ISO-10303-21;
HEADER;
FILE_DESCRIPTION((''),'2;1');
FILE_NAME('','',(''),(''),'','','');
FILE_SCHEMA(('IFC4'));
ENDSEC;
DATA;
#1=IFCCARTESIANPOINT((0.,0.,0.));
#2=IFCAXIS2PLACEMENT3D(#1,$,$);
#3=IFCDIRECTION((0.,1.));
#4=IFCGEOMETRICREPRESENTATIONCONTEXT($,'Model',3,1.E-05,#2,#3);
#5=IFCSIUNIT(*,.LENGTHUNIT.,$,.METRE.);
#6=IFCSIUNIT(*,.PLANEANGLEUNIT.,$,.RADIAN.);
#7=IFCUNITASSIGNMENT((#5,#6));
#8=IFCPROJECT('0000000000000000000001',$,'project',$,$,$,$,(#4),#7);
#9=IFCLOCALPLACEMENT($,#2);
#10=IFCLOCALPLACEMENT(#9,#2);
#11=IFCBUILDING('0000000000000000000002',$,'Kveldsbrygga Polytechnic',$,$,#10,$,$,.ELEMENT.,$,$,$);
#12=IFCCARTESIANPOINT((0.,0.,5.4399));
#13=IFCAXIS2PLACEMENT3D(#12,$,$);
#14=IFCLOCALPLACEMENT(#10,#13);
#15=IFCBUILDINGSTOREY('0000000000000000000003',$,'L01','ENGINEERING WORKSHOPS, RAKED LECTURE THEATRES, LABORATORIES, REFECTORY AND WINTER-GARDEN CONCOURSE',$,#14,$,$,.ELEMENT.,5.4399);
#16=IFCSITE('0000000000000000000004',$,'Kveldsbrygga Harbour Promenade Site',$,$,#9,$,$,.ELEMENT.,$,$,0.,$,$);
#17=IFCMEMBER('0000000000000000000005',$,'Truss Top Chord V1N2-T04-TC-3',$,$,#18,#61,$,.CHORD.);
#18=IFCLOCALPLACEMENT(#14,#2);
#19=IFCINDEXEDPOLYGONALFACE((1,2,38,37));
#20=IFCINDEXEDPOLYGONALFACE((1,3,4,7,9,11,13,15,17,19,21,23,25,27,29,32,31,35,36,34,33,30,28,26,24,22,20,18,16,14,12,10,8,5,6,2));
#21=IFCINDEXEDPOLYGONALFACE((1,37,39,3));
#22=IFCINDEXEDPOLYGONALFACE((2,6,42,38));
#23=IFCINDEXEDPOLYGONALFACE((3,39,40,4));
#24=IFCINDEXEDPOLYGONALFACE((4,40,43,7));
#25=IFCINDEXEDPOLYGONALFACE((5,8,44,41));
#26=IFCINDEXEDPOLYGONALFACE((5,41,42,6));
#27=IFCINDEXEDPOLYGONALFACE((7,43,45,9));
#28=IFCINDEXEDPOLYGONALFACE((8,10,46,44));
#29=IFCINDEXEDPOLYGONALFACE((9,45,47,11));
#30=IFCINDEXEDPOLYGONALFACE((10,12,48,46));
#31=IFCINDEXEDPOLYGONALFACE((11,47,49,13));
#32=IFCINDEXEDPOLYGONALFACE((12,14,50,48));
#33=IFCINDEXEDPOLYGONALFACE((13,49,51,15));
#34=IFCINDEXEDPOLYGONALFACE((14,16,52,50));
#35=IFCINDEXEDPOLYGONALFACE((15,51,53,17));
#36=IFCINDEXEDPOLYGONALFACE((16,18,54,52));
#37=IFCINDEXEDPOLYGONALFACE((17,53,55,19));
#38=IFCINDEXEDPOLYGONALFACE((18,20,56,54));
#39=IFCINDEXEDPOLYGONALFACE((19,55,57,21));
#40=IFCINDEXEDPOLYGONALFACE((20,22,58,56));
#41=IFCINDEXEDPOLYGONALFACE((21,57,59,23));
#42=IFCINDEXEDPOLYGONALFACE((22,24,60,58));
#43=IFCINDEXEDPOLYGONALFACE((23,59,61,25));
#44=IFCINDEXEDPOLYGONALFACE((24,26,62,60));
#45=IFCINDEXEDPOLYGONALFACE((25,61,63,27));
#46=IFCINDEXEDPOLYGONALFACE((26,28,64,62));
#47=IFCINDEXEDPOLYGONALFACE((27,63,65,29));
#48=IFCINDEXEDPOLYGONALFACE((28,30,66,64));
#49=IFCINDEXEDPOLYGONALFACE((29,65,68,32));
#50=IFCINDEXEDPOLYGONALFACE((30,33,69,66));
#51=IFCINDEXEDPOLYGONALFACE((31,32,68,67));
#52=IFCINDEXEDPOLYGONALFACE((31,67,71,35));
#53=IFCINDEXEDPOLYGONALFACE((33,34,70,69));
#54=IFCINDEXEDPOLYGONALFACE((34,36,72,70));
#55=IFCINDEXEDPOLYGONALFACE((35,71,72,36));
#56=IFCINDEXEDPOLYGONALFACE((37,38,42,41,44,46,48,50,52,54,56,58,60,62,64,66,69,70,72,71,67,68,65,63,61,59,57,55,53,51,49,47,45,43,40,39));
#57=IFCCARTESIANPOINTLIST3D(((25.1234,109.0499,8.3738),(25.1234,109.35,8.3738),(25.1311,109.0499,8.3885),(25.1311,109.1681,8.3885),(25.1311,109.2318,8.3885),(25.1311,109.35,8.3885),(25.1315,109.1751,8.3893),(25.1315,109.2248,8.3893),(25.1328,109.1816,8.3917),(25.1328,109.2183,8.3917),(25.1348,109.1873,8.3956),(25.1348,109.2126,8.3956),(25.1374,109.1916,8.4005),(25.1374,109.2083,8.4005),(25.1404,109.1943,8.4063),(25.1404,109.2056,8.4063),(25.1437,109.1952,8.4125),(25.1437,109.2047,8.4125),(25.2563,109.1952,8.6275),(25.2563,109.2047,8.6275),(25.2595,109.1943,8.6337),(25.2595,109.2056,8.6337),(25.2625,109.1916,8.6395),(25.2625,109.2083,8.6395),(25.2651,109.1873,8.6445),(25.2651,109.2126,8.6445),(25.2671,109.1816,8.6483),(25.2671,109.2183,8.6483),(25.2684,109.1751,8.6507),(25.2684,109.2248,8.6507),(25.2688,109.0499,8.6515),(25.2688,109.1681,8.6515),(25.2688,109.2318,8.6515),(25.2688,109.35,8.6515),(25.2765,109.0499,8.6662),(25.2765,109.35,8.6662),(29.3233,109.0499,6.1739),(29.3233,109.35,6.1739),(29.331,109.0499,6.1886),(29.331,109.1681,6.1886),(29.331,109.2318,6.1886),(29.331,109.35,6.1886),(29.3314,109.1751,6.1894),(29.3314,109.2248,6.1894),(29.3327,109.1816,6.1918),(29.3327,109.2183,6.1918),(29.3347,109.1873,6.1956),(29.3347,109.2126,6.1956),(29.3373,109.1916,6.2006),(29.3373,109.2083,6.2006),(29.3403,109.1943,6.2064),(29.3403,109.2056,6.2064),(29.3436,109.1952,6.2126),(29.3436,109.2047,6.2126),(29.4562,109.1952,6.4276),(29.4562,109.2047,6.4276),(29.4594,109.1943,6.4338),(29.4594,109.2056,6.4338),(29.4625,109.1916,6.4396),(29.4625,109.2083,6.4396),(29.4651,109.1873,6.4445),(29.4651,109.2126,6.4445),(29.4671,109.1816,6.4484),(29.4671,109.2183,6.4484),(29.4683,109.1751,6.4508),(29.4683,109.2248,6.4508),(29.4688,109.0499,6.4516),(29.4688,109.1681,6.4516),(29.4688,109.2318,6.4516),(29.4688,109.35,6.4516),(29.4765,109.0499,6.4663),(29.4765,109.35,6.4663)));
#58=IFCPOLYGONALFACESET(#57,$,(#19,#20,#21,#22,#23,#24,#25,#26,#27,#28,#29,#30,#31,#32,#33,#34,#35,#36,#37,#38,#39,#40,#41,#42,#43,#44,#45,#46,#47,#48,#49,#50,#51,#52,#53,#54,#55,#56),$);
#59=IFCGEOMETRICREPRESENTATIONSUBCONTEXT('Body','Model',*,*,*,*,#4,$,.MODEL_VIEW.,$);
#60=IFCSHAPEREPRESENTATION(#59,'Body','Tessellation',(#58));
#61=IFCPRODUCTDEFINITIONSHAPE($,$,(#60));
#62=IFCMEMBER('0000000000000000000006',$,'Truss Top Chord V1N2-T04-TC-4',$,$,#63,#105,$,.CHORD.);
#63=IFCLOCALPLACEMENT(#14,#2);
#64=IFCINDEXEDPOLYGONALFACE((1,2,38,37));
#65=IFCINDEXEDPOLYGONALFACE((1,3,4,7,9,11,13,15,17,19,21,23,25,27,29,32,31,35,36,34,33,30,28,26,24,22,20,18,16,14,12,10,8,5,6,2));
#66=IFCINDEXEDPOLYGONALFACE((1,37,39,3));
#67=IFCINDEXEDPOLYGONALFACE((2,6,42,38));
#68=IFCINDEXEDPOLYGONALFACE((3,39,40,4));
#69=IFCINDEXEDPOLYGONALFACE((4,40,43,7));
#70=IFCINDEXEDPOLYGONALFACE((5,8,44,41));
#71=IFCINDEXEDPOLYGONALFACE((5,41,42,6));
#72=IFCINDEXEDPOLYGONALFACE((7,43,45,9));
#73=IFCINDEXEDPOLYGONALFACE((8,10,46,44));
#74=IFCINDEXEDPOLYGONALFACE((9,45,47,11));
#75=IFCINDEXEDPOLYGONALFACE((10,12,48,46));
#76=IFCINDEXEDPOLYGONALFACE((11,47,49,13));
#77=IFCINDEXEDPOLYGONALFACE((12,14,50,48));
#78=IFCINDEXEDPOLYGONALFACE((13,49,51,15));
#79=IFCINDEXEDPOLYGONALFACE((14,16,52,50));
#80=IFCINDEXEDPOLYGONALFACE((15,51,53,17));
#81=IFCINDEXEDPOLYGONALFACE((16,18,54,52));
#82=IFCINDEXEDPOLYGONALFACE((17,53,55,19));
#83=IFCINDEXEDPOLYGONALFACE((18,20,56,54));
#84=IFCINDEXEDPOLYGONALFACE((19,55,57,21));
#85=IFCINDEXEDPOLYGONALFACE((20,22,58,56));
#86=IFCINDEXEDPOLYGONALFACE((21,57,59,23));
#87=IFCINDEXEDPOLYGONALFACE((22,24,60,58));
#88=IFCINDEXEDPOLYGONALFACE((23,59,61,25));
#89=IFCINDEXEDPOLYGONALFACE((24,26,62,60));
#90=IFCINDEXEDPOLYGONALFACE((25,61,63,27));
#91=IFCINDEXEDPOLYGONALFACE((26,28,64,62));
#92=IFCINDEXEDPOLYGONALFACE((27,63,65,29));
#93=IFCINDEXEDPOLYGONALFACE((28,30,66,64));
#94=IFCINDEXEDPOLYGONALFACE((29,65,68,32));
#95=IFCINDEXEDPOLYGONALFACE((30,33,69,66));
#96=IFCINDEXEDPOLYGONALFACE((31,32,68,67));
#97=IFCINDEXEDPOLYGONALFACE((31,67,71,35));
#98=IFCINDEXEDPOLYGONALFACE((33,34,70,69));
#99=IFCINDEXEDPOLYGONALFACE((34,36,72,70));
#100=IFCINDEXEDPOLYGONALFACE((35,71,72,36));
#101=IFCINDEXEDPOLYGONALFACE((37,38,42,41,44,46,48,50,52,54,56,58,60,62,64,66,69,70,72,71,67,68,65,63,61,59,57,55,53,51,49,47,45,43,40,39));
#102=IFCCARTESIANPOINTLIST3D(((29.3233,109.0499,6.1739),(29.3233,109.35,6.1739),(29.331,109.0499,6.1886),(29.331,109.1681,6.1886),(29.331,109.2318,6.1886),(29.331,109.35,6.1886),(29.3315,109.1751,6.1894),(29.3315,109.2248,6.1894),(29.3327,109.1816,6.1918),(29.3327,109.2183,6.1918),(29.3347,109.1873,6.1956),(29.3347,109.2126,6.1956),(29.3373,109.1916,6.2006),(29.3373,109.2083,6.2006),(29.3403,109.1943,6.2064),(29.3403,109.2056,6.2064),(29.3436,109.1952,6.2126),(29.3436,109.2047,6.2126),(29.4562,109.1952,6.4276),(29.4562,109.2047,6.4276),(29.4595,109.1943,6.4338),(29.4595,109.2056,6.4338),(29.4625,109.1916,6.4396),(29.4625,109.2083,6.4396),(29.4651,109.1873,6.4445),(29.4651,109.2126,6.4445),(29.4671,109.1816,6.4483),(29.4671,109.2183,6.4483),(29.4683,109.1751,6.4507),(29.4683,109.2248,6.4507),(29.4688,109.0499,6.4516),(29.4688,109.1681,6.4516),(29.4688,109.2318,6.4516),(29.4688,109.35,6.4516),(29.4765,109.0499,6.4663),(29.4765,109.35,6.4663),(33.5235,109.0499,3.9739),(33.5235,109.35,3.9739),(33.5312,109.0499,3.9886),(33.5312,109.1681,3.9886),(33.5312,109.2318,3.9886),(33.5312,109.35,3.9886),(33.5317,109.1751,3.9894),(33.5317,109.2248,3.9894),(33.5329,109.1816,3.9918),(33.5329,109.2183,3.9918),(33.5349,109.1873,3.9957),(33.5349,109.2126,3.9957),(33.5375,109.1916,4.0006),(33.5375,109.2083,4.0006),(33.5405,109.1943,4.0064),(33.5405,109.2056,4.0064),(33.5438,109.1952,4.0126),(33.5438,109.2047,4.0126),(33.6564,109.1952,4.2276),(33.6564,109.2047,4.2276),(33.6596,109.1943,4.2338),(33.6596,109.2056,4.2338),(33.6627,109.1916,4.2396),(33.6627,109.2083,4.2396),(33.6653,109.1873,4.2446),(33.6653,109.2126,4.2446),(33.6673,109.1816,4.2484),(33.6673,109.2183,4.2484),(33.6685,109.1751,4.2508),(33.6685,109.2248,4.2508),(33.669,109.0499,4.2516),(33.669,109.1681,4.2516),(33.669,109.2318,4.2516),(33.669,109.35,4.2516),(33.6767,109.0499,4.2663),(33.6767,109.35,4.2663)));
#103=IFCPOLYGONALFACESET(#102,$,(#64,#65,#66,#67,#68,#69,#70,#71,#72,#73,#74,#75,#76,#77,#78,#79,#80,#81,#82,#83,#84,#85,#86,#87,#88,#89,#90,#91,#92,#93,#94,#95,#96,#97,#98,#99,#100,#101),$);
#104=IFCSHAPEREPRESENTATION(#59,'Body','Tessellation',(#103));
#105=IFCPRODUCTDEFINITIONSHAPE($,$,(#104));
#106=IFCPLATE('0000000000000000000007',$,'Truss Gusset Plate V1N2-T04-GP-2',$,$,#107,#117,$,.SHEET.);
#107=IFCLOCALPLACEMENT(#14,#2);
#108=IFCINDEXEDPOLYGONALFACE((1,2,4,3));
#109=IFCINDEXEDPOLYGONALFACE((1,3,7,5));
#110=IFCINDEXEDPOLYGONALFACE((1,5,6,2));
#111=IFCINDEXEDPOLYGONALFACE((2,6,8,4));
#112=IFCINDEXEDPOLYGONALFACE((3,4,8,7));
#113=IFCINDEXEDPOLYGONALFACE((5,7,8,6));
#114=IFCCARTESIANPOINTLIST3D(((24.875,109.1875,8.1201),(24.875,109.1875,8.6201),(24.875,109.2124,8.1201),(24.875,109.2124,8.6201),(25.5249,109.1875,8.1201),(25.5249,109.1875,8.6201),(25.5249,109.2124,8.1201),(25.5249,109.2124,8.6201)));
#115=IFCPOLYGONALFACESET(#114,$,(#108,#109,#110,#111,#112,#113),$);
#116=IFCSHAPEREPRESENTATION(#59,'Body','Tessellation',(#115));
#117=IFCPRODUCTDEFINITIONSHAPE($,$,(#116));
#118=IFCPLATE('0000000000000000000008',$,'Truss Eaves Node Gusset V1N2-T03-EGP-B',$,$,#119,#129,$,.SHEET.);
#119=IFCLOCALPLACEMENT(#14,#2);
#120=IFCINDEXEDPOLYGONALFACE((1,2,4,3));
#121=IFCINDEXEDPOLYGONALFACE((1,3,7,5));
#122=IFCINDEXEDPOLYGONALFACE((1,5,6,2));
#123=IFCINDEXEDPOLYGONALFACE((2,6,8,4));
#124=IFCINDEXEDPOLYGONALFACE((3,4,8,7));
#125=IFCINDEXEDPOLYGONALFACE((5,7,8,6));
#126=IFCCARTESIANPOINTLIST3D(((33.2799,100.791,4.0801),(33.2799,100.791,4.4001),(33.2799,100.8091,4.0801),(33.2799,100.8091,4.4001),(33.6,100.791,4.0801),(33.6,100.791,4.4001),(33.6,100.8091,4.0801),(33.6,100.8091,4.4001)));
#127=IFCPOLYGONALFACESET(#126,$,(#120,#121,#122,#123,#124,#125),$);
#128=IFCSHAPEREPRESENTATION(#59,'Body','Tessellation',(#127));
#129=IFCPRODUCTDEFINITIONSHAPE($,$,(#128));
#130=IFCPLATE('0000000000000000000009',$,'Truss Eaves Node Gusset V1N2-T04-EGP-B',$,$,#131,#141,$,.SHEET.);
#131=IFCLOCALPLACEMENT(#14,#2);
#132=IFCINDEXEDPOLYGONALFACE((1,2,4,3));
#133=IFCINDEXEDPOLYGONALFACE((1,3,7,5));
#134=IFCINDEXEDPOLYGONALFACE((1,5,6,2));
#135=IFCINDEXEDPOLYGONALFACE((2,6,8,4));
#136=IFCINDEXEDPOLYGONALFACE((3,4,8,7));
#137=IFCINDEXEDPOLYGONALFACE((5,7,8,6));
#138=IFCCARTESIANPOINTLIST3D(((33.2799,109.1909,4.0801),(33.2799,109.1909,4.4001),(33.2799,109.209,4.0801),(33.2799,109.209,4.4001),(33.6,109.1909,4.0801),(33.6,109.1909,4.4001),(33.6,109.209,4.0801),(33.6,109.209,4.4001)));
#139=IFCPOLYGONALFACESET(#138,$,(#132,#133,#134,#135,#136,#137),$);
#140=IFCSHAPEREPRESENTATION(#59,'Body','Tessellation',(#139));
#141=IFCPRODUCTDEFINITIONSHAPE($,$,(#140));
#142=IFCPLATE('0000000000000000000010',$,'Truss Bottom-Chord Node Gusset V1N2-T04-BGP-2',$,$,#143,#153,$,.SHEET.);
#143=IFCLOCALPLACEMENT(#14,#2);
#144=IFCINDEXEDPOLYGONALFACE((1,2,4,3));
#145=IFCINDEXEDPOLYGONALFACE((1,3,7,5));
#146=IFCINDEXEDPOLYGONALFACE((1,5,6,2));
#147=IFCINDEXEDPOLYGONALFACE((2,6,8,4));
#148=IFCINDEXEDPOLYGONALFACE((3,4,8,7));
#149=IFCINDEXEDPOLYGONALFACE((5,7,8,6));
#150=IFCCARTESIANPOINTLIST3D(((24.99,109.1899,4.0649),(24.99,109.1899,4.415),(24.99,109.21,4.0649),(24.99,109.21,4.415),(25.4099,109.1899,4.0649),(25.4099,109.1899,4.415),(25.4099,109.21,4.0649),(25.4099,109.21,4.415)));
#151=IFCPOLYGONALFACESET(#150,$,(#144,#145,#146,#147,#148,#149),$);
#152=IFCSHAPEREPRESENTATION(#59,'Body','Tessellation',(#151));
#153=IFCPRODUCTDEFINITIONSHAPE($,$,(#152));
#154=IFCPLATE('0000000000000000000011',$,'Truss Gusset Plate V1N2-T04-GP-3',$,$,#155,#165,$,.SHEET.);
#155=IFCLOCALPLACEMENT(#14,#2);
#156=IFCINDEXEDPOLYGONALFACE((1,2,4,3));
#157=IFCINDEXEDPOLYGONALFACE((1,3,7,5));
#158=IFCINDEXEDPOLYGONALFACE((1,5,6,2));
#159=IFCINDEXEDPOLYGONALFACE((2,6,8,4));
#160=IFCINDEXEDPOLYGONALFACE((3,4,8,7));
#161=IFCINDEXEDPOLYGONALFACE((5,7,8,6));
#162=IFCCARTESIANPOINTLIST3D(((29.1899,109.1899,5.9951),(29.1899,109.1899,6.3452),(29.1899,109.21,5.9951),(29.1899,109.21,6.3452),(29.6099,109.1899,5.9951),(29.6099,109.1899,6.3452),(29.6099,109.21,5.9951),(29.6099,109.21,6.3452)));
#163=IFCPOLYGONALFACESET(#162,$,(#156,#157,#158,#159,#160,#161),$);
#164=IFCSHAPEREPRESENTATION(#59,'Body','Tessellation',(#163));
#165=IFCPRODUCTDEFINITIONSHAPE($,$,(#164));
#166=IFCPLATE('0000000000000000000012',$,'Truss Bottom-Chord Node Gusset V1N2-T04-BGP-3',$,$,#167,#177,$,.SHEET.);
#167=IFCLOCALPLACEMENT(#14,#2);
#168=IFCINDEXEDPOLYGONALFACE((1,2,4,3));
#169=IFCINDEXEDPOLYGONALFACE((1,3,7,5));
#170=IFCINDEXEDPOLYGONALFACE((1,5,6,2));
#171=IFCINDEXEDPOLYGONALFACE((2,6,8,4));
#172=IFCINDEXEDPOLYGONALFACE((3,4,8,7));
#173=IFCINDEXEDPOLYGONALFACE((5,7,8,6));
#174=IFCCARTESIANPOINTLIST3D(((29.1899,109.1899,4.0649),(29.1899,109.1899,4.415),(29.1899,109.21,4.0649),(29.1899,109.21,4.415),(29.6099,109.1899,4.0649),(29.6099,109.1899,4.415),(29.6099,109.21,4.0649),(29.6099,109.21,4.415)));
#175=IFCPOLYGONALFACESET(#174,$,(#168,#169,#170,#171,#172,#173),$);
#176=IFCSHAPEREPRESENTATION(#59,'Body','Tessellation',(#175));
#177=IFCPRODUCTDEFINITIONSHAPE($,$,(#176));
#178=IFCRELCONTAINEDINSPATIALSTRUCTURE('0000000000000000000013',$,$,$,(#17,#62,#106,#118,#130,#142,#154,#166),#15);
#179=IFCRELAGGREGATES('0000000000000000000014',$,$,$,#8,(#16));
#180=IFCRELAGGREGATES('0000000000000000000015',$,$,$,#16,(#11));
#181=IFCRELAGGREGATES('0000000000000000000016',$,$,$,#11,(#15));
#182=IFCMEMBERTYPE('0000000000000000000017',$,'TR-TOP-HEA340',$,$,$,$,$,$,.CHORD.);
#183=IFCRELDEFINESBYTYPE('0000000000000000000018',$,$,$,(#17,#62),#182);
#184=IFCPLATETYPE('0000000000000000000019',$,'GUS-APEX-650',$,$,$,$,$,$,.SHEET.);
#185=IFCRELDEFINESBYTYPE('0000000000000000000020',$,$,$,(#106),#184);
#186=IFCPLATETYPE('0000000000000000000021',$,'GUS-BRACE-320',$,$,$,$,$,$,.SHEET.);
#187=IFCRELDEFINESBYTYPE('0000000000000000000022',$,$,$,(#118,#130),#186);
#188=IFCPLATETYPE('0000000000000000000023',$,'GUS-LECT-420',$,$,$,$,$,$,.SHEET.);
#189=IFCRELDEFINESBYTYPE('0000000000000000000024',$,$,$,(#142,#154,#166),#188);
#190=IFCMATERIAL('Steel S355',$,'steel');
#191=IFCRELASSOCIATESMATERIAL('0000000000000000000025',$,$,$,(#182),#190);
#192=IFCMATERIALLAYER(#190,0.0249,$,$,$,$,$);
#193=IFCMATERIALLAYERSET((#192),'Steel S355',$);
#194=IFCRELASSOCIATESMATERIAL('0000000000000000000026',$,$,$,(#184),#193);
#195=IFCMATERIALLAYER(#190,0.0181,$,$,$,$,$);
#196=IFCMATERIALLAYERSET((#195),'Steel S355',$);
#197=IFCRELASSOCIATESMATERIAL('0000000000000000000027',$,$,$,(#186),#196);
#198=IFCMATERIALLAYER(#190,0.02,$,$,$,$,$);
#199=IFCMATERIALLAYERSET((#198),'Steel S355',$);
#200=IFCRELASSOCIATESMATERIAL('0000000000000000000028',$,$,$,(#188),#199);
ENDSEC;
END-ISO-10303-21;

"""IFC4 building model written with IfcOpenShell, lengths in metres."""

from ifc_helpers import new_model, si_unit, direction, frame, origin, origin_2d, place, context, subcontext, project, spatial, rectangle, i_section, extrude, material, layer, layer_set, material_profile, profile_set, type_object, element, save


model = new_model("IFC4")

# Units and contexts
model_context = context("Model", 3, precision=1e-05, world=origin(), true_north=direction((0.0, 1.0)))
body_context = subcontext(model_context, "Body", "Model", "MODEL_VIEW")
ifc_project = project(units=[si_unit("LENGTHUNIT", "METRE"), si_unit("PLANEANGLEUNIT", "RADIAN")], contexts=[model_context])

# Site, building, storey
site_placement = place(None, origin())
site = spatial("IfcSite", under=ifc_project, at=site_placement, Name="Kveldsbrygga Harbour Promenade Site", CompositionType="ELEMENT", RefElevation=0.0)
building_placement = place(site_placement, origin())
building = spatial("IfcBuilding", under=site, at=building_placement, Name="Kveldsbrygga Polytechnic", CompositionType="ELEMENT")
storey_placement = place(building_placement, frame((0.0, 0.0, 5.4399)))
storey = spatial("IfcBuildingStorey", under=building, at=storey_placement, Name="L01", Description="ENGINEERING WORKSHOPS, RAKED LECTURE THEATRES, LABORATORIES, REFECTORY AND WINTER-GARDEN CONCOURSE", CompositionType="ELEMENT", Elevation=5.4399)

# Members
ifc_material_1 = material(Name="Steel S355", Category="steel")
ifc_material_profile_1 = material_profile(ifc_material_1, i_section(OverallWidth=0.3, OverallDepth=0.3301, WebThickness=0.0095, FlangeThickness=0.0166, FilletRadius=0.0271, at=origin_2d()), Name="HEA 340")
ifc_profile_set_1 = profile_set([ifc_material_profile_1], Name="Steel S355")
member_type_1 = type_object("IfcMemberType", Name="TR-TOP-HEA340", PredefinedType="CHORD", material=ifc_profile_set_1)
member_1_placement = place(storey_placement, frame((25.2, 109.2, 8.52), z_axis=(0.885834, 0.0, -0.464003), x_axis=(0.0, 1.0, 0.0)))
element("IfcMember", 1, at=member_1_placement, inside=storey, type_object=member_type_1, Name="Truss Top Chord V1N2-T04-TC-3", PredefinedType="CHORD", context=body_context, shape_type="SweptSolid", body=[
    extrude(i_section(OverallWidth=0.3, OverallDepth=0.3301, WebThickness=0.0095, FlangeThickness=0.0166, FilletRadius=0.0271, at=origin_2d()), origin(), (0.0, 0.0, 1.0), 4.7412),
])
member_2_placement = place(storey_placement, frame((29.3999, 109.2, 6.3201), z_axis=(0.885845, 0.0, -0.463982), x_axis=(0.0, 1.0, 0.0)))
element("IfcMember", 2, at=member_2_placement, inside=storey, type_object=member_type_1, Name="Truss Top Chord V1N2-T04-TC-4", PredefinedType="CHORD", context=body_context, shape_type="SweptSolid", body=[
    extrude(i_section(OverallWidth=0.3, OverallDepth=0.3301, WebThickness=0.0095, FlangeThickness=0.0166, FilletRadius=0.0271, at=origin_2d()), origin(), (0.0, 0.0, 1.0), 4.7415),
])

# Plates
ifc_layer_1 = layer(ifc_material_1, 0.0249)
ifc_layer_set_1 = layer_set([ifc_layer_1], Name="Steel S355")
plate_type_1 = type_object("IfcPlateType", Name="GUS-APEX-650", PredefinedType="SHEET", material=ifc_layer_set_1)
plate_placement = place(storey_placement, frame((25.2, 109.2, 8.1201), z_axis=(0.0, 0.0, 1.0), x_axis=(1.0, 0.0, 0.0)))
element("IfcPlate", 3, at=plate_placement, inside=storey, type_object=plate_type_1, Name="Truss Gusset Plate V1N2-T04-GP-2", PredefinedType="SHEET", context=body_context, shape_type="SweptSolid", body=[
    extrude(rectangle(XDim=0.6499, YDim=0.0249, at=origin_2d()), origin(), (0.0, 0.0, 1.0), 0.5),
])
ifc_layer_2 = layer(ifc_material_1, 0.0181)
ifc_layer_set_2 = layer_set([ifc_layer_2], Name="Steel S355")
plate_type_2 = type_object("IfcPlateType", Name="GUS-BRACE-320", PredefinedType="SHEET", material=ifc_layer_set_2)
for number, where, z_axis, x_axis, name in (
    (4, (33.4399, 100.8, 4.0801), (0.0, 0.0, 1.0), (1.0, 0.0, 0.0), "Truss Eaves Node Gusset V1N2-T03-EGP-B"),
    (5, (33.4399, 109.2, 4.0801), (0.0, 0.0, 1.0), (1.0, 0.0, 0.0), "Truss Eaves Node Gusset V1N2-T04-EGP-B"),
):
    element("IfcPlate", number, at=place(storey_placement, frame(where, z_axis=z_axis, x_axis=x_axis)), inside=storey, type_object=plate_type_2, Name=name, PredefinedType="SHEET", context=body_context, shape_type="SweptSolid", body=[
        extrude(rectangle(XDim=0.3201, YDim=0.0181, at=origin_2d()), origin(), (0.0, 0.0, 1.0), 0.3201),
    ])
ifc_layer_3 = layer(ifc_material_1, 0.02)
ifc_layer_set_3 = layer_set([ifc_layer_3], Name="Steel S355")
plate_type_3 = type_object("IfcPlateType", Name="GUS-LECT-420", PredefinedType="SHEET", material=ifc_layer_set_3)
for number, where, z_axis, x_axis, name in (
    (6, (25.2, 109.2, 4.0649), (0.0, 0.0, 1.0), (1.0, 0.0, 0.0), "Truss Bottom-Chord Node Gusset V1N2-T04-BGP-2"),
    (7, (29.3999, 109.2, 5.9951), (0.0, 0.0, 1.0), (1.0, 0.0, 0.0), "Truss Gusset Plate V1N2-T04-GP-3"),
    (8, (29.3999, 109.2, 4.0649), (0.0, 0.0, 1.0), (1.0, 0.0, 0.0), "Truss Bottom-Chord Node Gusset V1N2-T04-BGP-3"),
):
    element("IfcPlate", number, at=place(storey_placement, frame(where, z_axis=z_axis, x_axis=x_axis)), inside=storey, type_object=plate_type_3, Name=name, PredefinedType="SHEET", context=body_context, shape_type="SweptSolid", body=[
        extrude(rectangle(XDim=0.4199, YDim=0.02, at=origin_2d()), origin(), (0.0, 0.0, 1.0), 0.3501),
    ])

save(model, "model.ifc")
